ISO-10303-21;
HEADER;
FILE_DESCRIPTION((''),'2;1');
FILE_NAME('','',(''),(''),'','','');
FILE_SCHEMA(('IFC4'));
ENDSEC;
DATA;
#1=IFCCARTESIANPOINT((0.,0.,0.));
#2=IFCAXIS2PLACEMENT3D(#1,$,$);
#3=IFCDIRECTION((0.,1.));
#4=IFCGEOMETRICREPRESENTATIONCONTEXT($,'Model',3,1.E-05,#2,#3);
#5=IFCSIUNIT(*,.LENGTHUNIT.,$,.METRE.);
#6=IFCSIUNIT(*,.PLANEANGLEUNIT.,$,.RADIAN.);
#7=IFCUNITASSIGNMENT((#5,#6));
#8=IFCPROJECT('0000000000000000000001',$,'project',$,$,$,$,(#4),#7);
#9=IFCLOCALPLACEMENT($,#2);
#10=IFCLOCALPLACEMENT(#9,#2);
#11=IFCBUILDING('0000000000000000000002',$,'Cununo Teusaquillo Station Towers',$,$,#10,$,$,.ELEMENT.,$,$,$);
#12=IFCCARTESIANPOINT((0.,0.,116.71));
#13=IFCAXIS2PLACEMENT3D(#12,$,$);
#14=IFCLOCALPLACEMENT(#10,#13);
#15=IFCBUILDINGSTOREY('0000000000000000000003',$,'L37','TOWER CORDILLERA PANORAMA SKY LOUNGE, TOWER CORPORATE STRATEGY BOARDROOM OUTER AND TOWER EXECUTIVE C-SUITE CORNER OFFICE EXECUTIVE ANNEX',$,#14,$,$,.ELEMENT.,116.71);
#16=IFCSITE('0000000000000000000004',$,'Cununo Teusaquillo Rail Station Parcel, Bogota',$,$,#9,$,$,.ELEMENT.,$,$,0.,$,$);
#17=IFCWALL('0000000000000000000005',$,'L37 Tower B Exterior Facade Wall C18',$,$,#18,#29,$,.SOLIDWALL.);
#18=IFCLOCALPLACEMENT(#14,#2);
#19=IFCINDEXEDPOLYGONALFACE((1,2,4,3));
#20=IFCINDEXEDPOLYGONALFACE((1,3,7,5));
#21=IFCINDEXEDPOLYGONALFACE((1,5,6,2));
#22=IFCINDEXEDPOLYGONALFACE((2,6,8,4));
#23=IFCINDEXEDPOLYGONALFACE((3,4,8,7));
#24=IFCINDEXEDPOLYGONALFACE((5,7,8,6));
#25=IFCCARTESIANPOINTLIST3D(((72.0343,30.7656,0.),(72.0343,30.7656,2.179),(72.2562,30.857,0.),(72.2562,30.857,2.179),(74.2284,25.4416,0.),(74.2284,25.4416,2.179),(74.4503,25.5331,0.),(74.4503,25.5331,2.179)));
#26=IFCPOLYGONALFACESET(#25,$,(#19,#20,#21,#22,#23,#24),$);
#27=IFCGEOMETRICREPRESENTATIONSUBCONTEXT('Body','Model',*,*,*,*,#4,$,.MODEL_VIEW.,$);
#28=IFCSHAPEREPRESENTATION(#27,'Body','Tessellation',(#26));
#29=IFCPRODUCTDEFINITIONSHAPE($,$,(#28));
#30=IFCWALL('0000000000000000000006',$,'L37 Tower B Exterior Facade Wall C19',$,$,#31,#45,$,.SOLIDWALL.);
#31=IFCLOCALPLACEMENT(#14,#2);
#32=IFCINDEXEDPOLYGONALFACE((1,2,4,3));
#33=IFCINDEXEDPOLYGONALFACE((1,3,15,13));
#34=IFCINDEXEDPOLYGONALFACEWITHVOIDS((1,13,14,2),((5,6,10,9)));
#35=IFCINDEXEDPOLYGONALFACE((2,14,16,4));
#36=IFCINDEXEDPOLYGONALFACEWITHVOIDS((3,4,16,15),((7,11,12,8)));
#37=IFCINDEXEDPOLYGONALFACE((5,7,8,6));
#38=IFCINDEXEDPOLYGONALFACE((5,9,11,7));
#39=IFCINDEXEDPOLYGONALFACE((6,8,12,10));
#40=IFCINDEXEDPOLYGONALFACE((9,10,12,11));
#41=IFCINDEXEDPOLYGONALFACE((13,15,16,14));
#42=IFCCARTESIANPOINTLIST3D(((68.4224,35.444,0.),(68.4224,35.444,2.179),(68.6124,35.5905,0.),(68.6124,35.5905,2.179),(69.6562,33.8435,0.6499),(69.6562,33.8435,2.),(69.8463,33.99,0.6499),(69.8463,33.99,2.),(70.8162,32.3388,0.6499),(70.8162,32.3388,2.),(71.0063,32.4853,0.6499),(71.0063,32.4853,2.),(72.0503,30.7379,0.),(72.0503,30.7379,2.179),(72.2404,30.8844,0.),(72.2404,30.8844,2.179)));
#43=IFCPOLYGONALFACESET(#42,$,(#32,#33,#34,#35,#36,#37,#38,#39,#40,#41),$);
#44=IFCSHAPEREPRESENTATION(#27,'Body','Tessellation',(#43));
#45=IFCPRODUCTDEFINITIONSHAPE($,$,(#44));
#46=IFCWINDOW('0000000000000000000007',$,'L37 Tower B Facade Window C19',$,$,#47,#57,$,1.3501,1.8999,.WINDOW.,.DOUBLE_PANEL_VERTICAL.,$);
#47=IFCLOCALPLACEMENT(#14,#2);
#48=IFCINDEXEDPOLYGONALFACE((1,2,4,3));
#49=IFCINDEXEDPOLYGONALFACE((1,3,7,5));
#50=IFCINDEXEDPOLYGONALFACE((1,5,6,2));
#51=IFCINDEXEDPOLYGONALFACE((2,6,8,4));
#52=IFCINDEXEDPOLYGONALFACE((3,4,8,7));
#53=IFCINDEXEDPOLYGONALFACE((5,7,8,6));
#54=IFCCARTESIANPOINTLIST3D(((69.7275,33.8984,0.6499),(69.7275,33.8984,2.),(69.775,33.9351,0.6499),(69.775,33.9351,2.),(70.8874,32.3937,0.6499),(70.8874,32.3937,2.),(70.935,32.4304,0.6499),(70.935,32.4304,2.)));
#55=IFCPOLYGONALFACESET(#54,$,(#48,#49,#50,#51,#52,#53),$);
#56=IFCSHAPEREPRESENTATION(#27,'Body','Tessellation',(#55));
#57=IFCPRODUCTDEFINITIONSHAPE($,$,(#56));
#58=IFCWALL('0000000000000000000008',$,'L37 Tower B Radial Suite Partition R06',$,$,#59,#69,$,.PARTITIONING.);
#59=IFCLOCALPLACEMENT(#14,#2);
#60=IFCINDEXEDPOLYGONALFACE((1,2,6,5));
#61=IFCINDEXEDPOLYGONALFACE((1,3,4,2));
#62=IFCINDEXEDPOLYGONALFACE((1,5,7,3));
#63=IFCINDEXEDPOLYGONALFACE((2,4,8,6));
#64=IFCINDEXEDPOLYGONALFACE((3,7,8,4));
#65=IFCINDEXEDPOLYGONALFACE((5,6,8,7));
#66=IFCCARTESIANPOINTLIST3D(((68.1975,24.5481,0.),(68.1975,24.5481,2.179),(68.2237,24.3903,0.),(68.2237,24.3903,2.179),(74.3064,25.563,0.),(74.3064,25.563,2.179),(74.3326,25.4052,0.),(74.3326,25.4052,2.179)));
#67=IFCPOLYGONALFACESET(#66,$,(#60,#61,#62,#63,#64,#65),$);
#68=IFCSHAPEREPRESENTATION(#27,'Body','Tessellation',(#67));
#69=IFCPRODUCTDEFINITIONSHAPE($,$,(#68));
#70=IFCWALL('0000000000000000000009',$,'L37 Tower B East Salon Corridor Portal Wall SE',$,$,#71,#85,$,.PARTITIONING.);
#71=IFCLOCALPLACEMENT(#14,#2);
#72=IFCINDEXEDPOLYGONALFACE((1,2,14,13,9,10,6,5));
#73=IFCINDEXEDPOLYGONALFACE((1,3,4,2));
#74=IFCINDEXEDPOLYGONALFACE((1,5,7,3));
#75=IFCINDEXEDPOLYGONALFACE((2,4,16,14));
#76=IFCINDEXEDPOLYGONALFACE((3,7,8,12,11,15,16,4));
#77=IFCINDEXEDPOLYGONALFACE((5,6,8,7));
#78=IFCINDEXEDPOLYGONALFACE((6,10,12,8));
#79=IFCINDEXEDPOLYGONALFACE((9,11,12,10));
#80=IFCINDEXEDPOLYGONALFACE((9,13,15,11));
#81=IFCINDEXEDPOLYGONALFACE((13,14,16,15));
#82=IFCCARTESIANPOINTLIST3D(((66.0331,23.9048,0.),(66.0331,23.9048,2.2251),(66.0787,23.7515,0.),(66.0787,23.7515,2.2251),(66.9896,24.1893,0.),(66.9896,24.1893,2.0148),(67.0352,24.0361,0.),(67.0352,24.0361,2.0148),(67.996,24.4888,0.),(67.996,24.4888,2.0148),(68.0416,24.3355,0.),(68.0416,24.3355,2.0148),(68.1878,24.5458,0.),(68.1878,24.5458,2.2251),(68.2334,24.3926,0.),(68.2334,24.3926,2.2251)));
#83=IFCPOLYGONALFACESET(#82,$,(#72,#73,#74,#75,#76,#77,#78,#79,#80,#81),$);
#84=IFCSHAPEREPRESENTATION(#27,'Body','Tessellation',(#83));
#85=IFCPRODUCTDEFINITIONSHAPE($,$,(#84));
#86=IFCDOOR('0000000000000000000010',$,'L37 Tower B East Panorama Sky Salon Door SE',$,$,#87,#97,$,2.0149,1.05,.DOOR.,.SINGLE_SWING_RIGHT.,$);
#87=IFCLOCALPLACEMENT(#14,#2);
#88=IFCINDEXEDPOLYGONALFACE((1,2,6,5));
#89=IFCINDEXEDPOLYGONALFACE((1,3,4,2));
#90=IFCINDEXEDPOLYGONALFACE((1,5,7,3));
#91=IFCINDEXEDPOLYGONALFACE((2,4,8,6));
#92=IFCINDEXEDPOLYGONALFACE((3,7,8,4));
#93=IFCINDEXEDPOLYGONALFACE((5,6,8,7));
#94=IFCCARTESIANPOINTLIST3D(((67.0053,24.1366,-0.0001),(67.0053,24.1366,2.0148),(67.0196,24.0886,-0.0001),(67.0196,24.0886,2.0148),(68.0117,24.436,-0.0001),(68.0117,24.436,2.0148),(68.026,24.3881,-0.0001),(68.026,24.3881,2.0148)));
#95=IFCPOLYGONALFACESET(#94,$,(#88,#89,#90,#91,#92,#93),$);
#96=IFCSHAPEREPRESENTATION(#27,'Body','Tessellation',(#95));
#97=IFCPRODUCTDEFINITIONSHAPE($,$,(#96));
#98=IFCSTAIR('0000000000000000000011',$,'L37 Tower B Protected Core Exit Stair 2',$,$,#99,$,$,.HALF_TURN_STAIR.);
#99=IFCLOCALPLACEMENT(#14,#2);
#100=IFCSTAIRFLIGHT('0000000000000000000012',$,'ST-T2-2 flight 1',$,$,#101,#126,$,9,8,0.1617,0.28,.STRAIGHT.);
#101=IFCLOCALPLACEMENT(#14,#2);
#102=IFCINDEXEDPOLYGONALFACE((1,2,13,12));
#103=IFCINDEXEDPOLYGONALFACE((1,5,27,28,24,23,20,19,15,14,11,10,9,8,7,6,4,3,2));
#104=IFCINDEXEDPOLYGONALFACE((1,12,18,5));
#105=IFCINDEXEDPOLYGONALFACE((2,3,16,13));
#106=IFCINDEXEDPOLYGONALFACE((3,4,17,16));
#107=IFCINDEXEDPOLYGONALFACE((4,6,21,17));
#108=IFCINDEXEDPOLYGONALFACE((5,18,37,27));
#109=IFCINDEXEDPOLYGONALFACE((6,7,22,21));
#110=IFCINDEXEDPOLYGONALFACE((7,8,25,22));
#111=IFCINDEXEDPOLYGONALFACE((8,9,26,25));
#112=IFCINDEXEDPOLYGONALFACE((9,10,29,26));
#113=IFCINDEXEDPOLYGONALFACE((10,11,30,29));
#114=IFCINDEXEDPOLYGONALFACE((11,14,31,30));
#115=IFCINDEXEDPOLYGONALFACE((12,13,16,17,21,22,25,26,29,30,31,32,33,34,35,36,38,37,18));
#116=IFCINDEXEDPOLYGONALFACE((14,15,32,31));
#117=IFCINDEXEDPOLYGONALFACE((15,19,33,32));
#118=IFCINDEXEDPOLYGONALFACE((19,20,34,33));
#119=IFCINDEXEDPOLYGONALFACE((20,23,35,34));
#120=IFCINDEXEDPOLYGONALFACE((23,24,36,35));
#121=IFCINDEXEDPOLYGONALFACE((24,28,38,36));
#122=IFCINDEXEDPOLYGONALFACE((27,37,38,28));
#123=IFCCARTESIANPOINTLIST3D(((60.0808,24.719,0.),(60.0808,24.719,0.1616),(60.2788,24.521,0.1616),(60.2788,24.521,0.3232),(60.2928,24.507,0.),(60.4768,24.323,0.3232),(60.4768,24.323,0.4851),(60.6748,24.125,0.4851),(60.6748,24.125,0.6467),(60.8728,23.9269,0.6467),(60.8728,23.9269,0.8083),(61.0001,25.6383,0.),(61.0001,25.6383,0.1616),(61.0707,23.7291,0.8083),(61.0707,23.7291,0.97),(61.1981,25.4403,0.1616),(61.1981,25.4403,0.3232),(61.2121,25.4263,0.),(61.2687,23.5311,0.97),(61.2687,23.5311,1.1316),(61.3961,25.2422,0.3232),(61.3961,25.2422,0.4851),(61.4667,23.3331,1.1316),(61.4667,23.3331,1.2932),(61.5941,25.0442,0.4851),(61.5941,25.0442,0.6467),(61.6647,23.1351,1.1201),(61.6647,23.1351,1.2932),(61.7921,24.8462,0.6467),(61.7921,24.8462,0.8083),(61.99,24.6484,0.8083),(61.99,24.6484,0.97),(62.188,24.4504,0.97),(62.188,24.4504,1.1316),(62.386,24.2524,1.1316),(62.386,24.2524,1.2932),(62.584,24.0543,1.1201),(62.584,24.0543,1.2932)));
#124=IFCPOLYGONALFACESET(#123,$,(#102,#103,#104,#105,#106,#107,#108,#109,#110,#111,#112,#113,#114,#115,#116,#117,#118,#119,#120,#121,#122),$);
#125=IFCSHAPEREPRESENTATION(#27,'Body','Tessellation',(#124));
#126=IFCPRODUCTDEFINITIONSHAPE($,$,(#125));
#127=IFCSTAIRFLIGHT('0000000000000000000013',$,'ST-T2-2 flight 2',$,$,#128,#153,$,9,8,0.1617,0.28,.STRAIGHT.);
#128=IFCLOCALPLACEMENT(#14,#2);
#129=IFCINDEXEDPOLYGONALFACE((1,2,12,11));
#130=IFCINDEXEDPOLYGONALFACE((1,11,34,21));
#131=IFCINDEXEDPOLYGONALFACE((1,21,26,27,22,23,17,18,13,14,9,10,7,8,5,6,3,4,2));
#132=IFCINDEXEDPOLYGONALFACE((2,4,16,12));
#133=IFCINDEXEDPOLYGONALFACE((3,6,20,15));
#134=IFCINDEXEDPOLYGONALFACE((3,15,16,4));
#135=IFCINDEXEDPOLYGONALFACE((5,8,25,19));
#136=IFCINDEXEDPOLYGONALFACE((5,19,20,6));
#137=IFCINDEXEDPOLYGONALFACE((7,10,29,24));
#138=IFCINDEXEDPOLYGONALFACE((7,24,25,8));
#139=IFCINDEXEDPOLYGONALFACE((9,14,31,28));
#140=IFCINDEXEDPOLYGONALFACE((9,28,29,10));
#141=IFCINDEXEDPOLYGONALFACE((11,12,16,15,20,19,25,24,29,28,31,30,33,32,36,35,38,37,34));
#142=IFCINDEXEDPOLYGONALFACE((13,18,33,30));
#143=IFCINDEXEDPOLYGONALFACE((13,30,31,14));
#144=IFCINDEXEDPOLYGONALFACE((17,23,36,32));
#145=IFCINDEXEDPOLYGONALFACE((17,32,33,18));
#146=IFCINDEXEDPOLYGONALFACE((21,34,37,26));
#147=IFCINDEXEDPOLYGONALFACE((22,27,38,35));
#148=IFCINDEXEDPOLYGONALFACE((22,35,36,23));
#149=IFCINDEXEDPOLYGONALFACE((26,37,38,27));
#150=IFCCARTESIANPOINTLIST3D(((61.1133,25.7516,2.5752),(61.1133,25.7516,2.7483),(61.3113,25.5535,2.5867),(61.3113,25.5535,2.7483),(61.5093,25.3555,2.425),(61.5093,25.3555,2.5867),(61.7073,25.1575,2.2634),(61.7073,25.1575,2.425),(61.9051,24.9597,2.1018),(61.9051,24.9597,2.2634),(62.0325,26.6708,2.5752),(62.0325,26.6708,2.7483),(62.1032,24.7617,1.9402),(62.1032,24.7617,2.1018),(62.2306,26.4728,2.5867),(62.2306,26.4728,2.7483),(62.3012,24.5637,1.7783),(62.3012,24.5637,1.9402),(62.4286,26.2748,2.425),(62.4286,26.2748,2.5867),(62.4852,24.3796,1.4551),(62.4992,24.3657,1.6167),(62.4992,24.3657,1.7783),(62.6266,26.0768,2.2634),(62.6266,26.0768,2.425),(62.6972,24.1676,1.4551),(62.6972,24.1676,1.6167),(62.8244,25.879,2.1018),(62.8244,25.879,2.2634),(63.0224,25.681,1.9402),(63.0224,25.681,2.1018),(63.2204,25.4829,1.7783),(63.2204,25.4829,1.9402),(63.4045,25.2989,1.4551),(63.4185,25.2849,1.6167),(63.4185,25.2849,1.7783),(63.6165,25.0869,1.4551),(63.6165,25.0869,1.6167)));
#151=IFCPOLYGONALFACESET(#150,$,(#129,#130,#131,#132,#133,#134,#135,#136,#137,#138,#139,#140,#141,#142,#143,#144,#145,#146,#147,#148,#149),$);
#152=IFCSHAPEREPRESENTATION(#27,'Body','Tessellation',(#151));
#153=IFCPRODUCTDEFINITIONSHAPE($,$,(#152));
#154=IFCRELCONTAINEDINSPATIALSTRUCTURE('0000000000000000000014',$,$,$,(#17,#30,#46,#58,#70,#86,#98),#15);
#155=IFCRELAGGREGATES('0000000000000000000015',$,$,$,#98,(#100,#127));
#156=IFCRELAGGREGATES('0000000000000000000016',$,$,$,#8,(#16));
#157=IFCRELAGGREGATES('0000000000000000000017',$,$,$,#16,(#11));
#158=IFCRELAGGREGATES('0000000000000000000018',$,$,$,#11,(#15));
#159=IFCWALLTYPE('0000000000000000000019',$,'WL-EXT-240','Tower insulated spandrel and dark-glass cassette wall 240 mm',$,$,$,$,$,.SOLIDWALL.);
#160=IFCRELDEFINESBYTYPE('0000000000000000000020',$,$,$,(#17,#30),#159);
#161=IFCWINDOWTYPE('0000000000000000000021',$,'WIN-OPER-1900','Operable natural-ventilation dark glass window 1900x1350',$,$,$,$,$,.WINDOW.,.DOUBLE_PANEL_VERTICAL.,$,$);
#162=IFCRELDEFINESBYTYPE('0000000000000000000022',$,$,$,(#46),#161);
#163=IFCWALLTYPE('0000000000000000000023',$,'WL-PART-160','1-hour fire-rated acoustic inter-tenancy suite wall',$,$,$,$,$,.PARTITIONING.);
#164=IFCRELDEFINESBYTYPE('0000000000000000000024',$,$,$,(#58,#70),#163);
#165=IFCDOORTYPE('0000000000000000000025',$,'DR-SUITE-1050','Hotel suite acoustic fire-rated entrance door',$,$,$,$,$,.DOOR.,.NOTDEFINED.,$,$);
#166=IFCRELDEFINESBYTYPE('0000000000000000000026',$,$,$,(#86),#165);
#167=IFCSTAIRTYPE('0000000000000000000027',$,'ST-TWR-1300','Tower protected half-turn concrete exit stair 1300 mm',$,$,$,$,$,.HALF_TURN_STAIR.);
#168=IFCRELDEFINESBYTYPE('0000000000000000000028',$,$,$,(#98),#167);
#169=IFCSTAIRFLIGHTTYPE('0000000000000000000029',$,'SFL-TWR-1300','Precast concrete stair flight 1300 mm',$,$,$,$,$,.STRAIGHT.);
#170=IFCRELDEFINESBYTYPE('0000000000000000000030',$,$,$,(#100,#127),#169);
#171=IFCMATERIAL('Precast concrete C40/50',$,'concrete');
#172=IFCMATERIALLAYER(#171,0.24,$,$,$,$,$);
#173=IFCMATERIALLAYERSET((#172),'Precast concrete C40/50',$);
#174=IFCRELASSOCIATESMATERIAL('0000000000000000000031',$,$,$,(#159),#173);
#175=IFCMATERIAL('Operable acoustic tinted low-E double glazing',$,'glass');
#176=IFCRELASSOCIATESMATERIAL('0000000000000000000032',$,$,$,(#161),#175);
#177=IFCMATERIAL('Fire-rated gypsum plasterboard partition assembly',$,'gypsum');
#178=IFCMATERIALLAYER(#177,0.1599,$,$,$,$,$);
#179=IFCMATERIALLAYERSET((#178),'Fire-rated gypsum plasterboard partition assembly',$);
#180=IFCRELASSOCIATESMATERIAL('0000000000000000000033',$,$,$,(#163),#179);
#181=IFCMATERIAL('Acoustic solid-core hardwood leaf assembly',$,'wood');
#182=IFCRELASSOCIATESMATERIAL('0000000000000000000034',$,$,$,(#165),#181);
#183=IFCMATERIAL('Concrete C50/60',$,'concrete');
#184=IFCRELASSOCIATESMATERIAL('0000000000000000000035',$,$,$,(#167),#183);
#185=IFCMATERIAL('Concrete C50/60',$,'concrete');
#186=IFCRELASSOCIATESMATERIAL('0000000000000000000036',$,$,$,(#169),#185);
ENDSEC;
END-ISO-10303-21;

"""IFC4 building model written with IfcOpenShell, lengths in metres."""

from ifc_helpers import new_model, si_unit, direction, frame, frame_2d, origin, place, context, subcontext, project, spatial, polyline, rectangle, outline, extrude, source, transform, mapped, material, layer, layer_set, type_object, element, fill, aggregate, save


model = new_model("IFC4")

# Units and contexts
model_context = context("Model", 3, precision=1e-05, world=origin(), true_north=direction((0.0, 1.0)))
body_context = subcontext(model_context, "Body", "Model", "MODEL_VIEW")
ifc_project = project(units=[si_unit("LENGTHUNIT", "METRE"), si_unit("PLANEANGLEUNIT", "RADIAN")], contexts=[model_context])

# Site, building, storey
site_placement = place(None, origin())
site = spatial("IfcSite", under=ifc_project, at=site_placement, Name="Cununo Teusaquillo Rail Station Parcel, Bogota", CompositionType="ELEMENT", RefElevation=0.0)
building_placement = place(site_placement, origin())
building = spatial("IfcBuilding", under=site, at=building_placement, Name="Cununo Teusaquillo Station Towers", CompositionType="ELEMENT")
storey_placement = place(building_placement, frame((0.0, 0.0, 116.71)))
storey = spatial("IfcBuildingStorey", under=building, at=storey_placement, Name="L37", Description="TOWER CORDILLERA PANORAMA SKY LOUNGE, TOWER CORPORATE STRATEGY BOARDROOM OUTER AND TOWER EXECUTIVE C-SUITE CORNER OFFICE EXECUTIVE ANNEX", CompositionType="ELEMENT", Elevation=116.71)

# Shared definitions
ifc_material_1 = material(Name="Precast concrete C40/50", Category="concrete")
ifc_layer_1 = layer(ifc_material_1, 0.24)
ifc_layer_set_1 = layer_set([ifc_layer_1], Name="Precast concrete C40/50")
wall_type_1 = type_object("IfcWallType", Name="WL-EXT-240", Description="Tower insulated spandrel and dark-glass cassette wall 240 mm", PredefinedType="SOLIDWALL", material=ifc_layer_set_1)

# Wall
wall_1_placement = place(storey_placement, frame((72.1453, 30.8113, 0.0), z_axis=(0.0, 0.0, 1.0), x_axis=(0.381027, -0.924564, 0.0)))
element("IfcWall", 1, at=wall_1_placement, inside=storey, type_object=wall_type_1, Name="L37 Tower B Exterior Facade Wall C18", PredefinedType="SOLIDWALL", context=body_context, shape_type="SweptSolid", body=[
    extrude(rectangle(XDim=5.7583, YDim=0.24, at=frame_2d((2.8792, 0.0))), origin(), (0.0, 0.0, 1.0), 2.179),
])

# Wall, opening, window
wall_2_placement = place(storey_placement, frame((68.5173, 35.5173, 0.0), z_axis=(0.0, 0.0, 1.0), x_axis=(0.610544, -0.791982, 0.0)))
wall_2 = element("IfcWall", 2, at=wall_2_placement, inside=storey, type_object=wall_type_1, Name="L37 Tower B Exterior Facade Wall C19", PredefinedType="SOLIDWALL", context=body_context, shape_type="SweptSolid", body=[
    extrude(rectangle(XDim=5.9421, YDim=0.24, at=frame_2d((2.9712, 0.0))), origin(), (0.0, 0.0, 1.0), 2.179),
])
shared_shape_1 = source(origin(), body_context, "Body", "SweptSolid", [
    extrude(rectangle(XDim=1.8999, YDim=1.3501, at=frame_2d((0.95, 0.675))), frame((0.0, 0.1299, 0.0), z_axis=(0.0, -1.0, 0.0), x_axis=(1.0, 0.0, 0.0)), (0.0, 0.0, 1.0), 0.26),
])
opening_1_placement = place(wall_2_placement, frame((2.021, 0.0, 0.6499)))
opening_1 = element("IfcOpeningElement", 3, at=opening_1_placement, cuts=wall_2, PredefinedType="OPENING", context=body_context, shape_type="MappedRepresentation", body=[
    mapped(shared_shape_1, transform((0.0, 0.0, 0.0), x_axis=(1.0, 0.0, 0.0), y_axis=(0.0, 1.0, 0.0), z_axis=(0.0, 0.0, 1.0), scale=1.0)),
])
ifc_material_2 = material(Name="Operable acoustic tinted low-E double glazing", Category="glass")
window_type_1 = type_object("IfcWindowType", Name="WIN-OPER-1900", Description="Operable natural-ventilation dark glass window 1900x1350", PartitioningType="DOUBLE_PANEL_VERTICAL", PredefinedType="WINDOW", material=ifc_material_2)
shared_shape_2 = source(origin(), body_context, "Body", "SweptSolid", [
    extrude(rectangle(XDim=1.8999, YDim=1.3501, at=frame_2d((0.95, 0.675))), frame((0.0, 0.03, 0.0), z_axis=(0.0, -1.0, 0.0), x_axis=(1.0, 0.0, 0.0)), (0.0, 0.0, 1.0), 0.0601),
])
window_1_placement = place(opening_1_placement, origin())
window_1 = element("IfcWindow", 4, at=window_1_placement, inside=storey, type_object=window_type_1, Name="L37 Tower B Facade Window C19", OverallHeight=1.3501, OverallWidth=1.8999, PartitioningType="DOUBLE_PANEL_VERTICAL", PredefinedType="WINDOW", context=body_context, shape_type="MappedRepresentation", body=[
    mapped(shared_shape_2, transform((0.0, 0.0, 0.0), x_axis=(1.0, 0.0, 0.0), y_axis=(0.0, 1.0, 0.0), z_axis=(0.0, 0.0, 1.0), scale=1.0)),
])
fill(opening_1, window_1)

# Wall
ifc_material_3 = material(Name="Fire-rated gypsum plasterboard partition assembly", Category="gypsum")
ifc_layer_2 = layer(ifc_material_3, 0.1599)
ifc_layer_set_2 = layer_set([ifc_layer_2], Name="Fire-rated gypsum plasterboard partition assembly")
wall_type_2 = type_object("IfcWallType", Name="WL-PART-160", Description="1-hour fire-rated acoustic inter-tenancy suite wall", PredefinedType="PARTITIONING", material=ifc_layer_set_2)
wall_3_placement = place(storey_placement, frame((68.2107, 24.4692, 0.0), z_axis=(0.0, 0.0, 1.0), x_axis=(0.986479, 0.163888, 0.0)))
element("IfcWall", 5, at=wall_3_placement, inside=storey, type_object=wall_type_2, Name="L37 Tower B Radial Suite Partition R06", PredefinedType="PARTITIONING", context=body_context, shape_type="SweptSolid", body=[
    extrude(rectangle(XDim=6.1926, YDim=0.1599, at=frame_2d((3.0962, 0.0))), origin(), (0.0, 0.0, 1.0), 2.179),
])

# Wall, opening, door
wall_4_placement = place(storey_placement, frame((66.0559, 23.8281, 0.0), z_axis=(0.0, 0.0, 1.0), x_axis=(0.958475, 0.285175, 0.0)))
wall_4 = element("IfcWall", 6, at=wall_4_placement, inside=storey, type_object=wall_type_2, Name="L37 Tower B East Salon Corridor Portal Wall SE", PredefinedType="PARTITIONING", context=body_context, shape_type="SweptSolid", body=[
    extrude(rectangle(XDim=2.248, YDim=0.1599, at=frame_2d((1.124, 0.0))), origin(), (0.0, 0.0, 1.0), 2.2251),
])
shared_shape_3 = source(origin(), body_context, "Body", "SweptSolid", [
    extrude(rectangle(XDim=1.05, YDim=2.0149, at=frame_2d((0.5249, 1.0073))), frame((0.0, 0.0898, 0.0), z_axis=(0.0, -1.0, 0.0), x_axis=(1.0, 0.0, 0.0)), (0.0, 0.0, 1.0), 0.1799),
])
opening_2_placement = place(wall_4_placement, frame((0.998, 0.0, 0.0)))
opening_2 = element("IfcOpeningElement", 7, at=opening_2_placement, cuts=wall_4, PredefinedType="OPENING", context=body_context, shape_type="MappedRepresentation", body=[
    mapped(shared_shape_3, transform((0.0, 0.0, 0.0), x_axis=(1.0, 0.0, 0.0), y_axis=(0.0, 1.0, 0.0), z_axis=(0.0, 0.0, 1.0), scale=1.0)),
])
ifc_material_4 = material(Name="Acoustic solid-core hardwood leaf assembly", Category="wood")
door_type = type_object("IfcDoorType", Name="DR-SUITE-1050", Description="Hotel suite acoustic fire-rated entrance door", OperationType="NOTDEFINED", PredefinedType="DOOR", material=ifc_material_4)
shared_shape_4 = source(origin(), body_context, "Body", "SweptSolid", [
    extrude(rectangle(XDim=1.05, YDim=2.0149, at=frame_2d((0.5249, 1.0073))), frame((0.0, 0.0249, 0.0), z_axis=(0.0, -1.0, 0.0), x_axis=(1.0, 0.0, 0.0)), (0.0, 0.0, 1.0), 0.05),
])
door_placement = place(opening_2_placement, origin())
door = element("IfcDoor", 8, at=door_placement, inside=storey, type_object=door_type, Name="L37 Tower B East Panorama Sky Salon Door SE", OperationType="SINGLE_SWING_RIGHT", OverallHeight=2.0149, OverallWidth=1.05, PredefinedType="DOOR", context=body_context, shape_type="MappedRepresentation", body=[
    mapped(shared_shape_4, transform((0.0, 0.0, 0.0), x_axis=(1.0, 0.0, 0.0), y_axis=(0.0, 1.0, 0.0), z_axis=(0.0, 0.0, 1.0), scale=1.0)),
])
fill(opening_2, door)

# Stair, stair flights
ifc_material_5 = material(Name="Concrete C50/60", Category="concrete")
stair_type = type_object("IfcStairType", Name="ST-TWR-1300", Description="Tower protected half-turn concrete exit stair 1300 mm", PredefinedType="HALF_TURN_STAIR", material=ifc_material_5)
stair_placement = place(storey_placement, origin())
stair = element("IfcStair", 9, at=stair_placement, inside=storey, type_object=stair_type, Name="L37 Tower B Protected Core Exit Stair 2", PredefinedType="HALF_TURN_STAIR")
ifc_material_6 = material(Name="Concrete C50/60", Category="concrete")
stair_flight_type = type_object("IfcStairFlightType", Name="SFL-TWR-1300", Description="Precast concrete stair flight 1300 mm", PredefinedType="STRAIGHT", material=ifc_material_6)
stair_flight_1_placement = place(storey_placement, frame((60.5405, 25.1787, 0.0), z_axis=(0.0, 0.0, 1.0), x_axis=(0.707107, -0.707107, 0.0)))
stair_flight_1 = element("IfcStairFlight", 10, at=stair_flight_1_placement, type_object=stair_flight_type, Name="ST-T2-2 flight 1", NumberOfRisers=9, NumberOfTreads=8, PredefinedType="STRAIGHT", RiserHeight=0.1617, TreadLength=0.28, context=body_context, shape_type="SweptSolid", body=[
    extrude(outline(polyline([(0.0, 0.0), (0.0, 0.1616), (0.28, 0.1616), (0.28, 0.3232), (0.5601, 0.3232), (0.5601, 0.4851), (0.8401, 0.4851), (0.8401, 0.6467), (1.1201, 0.6467), (1.1201, 0.8083), (1.3999, 0.8083), (1.3999, 0.97), (1.6799, 0.97), (1.6799, 1.1316), (1.96, 1.1316), (1.96, 1.2932), (2.24, 1.2932), (2.24, 1.4551), (2.24, 1.1201), (0.2998, 0.0), (0.0, 0.0)])), frame((0.0, 0.6499, 0.0), z_axis=(0.0, -1.0, 0.0), x_axis=(1.0, 0.0, 0.0)), (0.0, 0.0, 1.0), 1.3),
])
stair_flight_2_placement = place(storey_placement, frame((63.1567, 24.6272, 1.4551), z_axis=(0.0, 0.0, 1.0), x_axis=(-0.707107, 0.707107, 0.0)))
stair_flight_2 = element("IfcStairFlight", 11, at=stair_flight_2_placement, type_object=stair_flight_type, Name="ST-T2-2 flight 2", NumberOfRisers=9, NumberOfTreads=8, PredefinedType="STRAIGHT", RiserHeight=0.1617, TreadLength=0.28, context=body_context, shape_type="SweptSolid", body=[
    extrude(outline(polyline([(0.0, 0.0), (0.0, 0.1616), (0.28, 0.1616), (0.28, 0.3232), (0.5601, 0.3232), (0.5601, 0.4851), (0.8401, 0.4851), (0.8401, 0.6467), (1.1201, 0.6467), (1.1201, 0.8083), (1.3999, 0.8083), (1.3999, 0.97), (1.6799, 0.97), (1.6799, 1.1316), (1.96, 1.1316), (1.96, 1.2932), (2.24, 1.2932), (2.24, 1.4551), (2.24, 1.1201), (0.2998, 0.0), (0.0, 0.0)])), frame((0.0, 0.6499, 0.0), z_axis=(0.0, -1.0, 0.0), x_axis=(1.0, 0.0, 0.0)), (0.0, 0.0, 1.0), 1.3),
])
aggregate(stair, [stair_flight_1, stair_flight_2])

save(model, "model.ifc")
